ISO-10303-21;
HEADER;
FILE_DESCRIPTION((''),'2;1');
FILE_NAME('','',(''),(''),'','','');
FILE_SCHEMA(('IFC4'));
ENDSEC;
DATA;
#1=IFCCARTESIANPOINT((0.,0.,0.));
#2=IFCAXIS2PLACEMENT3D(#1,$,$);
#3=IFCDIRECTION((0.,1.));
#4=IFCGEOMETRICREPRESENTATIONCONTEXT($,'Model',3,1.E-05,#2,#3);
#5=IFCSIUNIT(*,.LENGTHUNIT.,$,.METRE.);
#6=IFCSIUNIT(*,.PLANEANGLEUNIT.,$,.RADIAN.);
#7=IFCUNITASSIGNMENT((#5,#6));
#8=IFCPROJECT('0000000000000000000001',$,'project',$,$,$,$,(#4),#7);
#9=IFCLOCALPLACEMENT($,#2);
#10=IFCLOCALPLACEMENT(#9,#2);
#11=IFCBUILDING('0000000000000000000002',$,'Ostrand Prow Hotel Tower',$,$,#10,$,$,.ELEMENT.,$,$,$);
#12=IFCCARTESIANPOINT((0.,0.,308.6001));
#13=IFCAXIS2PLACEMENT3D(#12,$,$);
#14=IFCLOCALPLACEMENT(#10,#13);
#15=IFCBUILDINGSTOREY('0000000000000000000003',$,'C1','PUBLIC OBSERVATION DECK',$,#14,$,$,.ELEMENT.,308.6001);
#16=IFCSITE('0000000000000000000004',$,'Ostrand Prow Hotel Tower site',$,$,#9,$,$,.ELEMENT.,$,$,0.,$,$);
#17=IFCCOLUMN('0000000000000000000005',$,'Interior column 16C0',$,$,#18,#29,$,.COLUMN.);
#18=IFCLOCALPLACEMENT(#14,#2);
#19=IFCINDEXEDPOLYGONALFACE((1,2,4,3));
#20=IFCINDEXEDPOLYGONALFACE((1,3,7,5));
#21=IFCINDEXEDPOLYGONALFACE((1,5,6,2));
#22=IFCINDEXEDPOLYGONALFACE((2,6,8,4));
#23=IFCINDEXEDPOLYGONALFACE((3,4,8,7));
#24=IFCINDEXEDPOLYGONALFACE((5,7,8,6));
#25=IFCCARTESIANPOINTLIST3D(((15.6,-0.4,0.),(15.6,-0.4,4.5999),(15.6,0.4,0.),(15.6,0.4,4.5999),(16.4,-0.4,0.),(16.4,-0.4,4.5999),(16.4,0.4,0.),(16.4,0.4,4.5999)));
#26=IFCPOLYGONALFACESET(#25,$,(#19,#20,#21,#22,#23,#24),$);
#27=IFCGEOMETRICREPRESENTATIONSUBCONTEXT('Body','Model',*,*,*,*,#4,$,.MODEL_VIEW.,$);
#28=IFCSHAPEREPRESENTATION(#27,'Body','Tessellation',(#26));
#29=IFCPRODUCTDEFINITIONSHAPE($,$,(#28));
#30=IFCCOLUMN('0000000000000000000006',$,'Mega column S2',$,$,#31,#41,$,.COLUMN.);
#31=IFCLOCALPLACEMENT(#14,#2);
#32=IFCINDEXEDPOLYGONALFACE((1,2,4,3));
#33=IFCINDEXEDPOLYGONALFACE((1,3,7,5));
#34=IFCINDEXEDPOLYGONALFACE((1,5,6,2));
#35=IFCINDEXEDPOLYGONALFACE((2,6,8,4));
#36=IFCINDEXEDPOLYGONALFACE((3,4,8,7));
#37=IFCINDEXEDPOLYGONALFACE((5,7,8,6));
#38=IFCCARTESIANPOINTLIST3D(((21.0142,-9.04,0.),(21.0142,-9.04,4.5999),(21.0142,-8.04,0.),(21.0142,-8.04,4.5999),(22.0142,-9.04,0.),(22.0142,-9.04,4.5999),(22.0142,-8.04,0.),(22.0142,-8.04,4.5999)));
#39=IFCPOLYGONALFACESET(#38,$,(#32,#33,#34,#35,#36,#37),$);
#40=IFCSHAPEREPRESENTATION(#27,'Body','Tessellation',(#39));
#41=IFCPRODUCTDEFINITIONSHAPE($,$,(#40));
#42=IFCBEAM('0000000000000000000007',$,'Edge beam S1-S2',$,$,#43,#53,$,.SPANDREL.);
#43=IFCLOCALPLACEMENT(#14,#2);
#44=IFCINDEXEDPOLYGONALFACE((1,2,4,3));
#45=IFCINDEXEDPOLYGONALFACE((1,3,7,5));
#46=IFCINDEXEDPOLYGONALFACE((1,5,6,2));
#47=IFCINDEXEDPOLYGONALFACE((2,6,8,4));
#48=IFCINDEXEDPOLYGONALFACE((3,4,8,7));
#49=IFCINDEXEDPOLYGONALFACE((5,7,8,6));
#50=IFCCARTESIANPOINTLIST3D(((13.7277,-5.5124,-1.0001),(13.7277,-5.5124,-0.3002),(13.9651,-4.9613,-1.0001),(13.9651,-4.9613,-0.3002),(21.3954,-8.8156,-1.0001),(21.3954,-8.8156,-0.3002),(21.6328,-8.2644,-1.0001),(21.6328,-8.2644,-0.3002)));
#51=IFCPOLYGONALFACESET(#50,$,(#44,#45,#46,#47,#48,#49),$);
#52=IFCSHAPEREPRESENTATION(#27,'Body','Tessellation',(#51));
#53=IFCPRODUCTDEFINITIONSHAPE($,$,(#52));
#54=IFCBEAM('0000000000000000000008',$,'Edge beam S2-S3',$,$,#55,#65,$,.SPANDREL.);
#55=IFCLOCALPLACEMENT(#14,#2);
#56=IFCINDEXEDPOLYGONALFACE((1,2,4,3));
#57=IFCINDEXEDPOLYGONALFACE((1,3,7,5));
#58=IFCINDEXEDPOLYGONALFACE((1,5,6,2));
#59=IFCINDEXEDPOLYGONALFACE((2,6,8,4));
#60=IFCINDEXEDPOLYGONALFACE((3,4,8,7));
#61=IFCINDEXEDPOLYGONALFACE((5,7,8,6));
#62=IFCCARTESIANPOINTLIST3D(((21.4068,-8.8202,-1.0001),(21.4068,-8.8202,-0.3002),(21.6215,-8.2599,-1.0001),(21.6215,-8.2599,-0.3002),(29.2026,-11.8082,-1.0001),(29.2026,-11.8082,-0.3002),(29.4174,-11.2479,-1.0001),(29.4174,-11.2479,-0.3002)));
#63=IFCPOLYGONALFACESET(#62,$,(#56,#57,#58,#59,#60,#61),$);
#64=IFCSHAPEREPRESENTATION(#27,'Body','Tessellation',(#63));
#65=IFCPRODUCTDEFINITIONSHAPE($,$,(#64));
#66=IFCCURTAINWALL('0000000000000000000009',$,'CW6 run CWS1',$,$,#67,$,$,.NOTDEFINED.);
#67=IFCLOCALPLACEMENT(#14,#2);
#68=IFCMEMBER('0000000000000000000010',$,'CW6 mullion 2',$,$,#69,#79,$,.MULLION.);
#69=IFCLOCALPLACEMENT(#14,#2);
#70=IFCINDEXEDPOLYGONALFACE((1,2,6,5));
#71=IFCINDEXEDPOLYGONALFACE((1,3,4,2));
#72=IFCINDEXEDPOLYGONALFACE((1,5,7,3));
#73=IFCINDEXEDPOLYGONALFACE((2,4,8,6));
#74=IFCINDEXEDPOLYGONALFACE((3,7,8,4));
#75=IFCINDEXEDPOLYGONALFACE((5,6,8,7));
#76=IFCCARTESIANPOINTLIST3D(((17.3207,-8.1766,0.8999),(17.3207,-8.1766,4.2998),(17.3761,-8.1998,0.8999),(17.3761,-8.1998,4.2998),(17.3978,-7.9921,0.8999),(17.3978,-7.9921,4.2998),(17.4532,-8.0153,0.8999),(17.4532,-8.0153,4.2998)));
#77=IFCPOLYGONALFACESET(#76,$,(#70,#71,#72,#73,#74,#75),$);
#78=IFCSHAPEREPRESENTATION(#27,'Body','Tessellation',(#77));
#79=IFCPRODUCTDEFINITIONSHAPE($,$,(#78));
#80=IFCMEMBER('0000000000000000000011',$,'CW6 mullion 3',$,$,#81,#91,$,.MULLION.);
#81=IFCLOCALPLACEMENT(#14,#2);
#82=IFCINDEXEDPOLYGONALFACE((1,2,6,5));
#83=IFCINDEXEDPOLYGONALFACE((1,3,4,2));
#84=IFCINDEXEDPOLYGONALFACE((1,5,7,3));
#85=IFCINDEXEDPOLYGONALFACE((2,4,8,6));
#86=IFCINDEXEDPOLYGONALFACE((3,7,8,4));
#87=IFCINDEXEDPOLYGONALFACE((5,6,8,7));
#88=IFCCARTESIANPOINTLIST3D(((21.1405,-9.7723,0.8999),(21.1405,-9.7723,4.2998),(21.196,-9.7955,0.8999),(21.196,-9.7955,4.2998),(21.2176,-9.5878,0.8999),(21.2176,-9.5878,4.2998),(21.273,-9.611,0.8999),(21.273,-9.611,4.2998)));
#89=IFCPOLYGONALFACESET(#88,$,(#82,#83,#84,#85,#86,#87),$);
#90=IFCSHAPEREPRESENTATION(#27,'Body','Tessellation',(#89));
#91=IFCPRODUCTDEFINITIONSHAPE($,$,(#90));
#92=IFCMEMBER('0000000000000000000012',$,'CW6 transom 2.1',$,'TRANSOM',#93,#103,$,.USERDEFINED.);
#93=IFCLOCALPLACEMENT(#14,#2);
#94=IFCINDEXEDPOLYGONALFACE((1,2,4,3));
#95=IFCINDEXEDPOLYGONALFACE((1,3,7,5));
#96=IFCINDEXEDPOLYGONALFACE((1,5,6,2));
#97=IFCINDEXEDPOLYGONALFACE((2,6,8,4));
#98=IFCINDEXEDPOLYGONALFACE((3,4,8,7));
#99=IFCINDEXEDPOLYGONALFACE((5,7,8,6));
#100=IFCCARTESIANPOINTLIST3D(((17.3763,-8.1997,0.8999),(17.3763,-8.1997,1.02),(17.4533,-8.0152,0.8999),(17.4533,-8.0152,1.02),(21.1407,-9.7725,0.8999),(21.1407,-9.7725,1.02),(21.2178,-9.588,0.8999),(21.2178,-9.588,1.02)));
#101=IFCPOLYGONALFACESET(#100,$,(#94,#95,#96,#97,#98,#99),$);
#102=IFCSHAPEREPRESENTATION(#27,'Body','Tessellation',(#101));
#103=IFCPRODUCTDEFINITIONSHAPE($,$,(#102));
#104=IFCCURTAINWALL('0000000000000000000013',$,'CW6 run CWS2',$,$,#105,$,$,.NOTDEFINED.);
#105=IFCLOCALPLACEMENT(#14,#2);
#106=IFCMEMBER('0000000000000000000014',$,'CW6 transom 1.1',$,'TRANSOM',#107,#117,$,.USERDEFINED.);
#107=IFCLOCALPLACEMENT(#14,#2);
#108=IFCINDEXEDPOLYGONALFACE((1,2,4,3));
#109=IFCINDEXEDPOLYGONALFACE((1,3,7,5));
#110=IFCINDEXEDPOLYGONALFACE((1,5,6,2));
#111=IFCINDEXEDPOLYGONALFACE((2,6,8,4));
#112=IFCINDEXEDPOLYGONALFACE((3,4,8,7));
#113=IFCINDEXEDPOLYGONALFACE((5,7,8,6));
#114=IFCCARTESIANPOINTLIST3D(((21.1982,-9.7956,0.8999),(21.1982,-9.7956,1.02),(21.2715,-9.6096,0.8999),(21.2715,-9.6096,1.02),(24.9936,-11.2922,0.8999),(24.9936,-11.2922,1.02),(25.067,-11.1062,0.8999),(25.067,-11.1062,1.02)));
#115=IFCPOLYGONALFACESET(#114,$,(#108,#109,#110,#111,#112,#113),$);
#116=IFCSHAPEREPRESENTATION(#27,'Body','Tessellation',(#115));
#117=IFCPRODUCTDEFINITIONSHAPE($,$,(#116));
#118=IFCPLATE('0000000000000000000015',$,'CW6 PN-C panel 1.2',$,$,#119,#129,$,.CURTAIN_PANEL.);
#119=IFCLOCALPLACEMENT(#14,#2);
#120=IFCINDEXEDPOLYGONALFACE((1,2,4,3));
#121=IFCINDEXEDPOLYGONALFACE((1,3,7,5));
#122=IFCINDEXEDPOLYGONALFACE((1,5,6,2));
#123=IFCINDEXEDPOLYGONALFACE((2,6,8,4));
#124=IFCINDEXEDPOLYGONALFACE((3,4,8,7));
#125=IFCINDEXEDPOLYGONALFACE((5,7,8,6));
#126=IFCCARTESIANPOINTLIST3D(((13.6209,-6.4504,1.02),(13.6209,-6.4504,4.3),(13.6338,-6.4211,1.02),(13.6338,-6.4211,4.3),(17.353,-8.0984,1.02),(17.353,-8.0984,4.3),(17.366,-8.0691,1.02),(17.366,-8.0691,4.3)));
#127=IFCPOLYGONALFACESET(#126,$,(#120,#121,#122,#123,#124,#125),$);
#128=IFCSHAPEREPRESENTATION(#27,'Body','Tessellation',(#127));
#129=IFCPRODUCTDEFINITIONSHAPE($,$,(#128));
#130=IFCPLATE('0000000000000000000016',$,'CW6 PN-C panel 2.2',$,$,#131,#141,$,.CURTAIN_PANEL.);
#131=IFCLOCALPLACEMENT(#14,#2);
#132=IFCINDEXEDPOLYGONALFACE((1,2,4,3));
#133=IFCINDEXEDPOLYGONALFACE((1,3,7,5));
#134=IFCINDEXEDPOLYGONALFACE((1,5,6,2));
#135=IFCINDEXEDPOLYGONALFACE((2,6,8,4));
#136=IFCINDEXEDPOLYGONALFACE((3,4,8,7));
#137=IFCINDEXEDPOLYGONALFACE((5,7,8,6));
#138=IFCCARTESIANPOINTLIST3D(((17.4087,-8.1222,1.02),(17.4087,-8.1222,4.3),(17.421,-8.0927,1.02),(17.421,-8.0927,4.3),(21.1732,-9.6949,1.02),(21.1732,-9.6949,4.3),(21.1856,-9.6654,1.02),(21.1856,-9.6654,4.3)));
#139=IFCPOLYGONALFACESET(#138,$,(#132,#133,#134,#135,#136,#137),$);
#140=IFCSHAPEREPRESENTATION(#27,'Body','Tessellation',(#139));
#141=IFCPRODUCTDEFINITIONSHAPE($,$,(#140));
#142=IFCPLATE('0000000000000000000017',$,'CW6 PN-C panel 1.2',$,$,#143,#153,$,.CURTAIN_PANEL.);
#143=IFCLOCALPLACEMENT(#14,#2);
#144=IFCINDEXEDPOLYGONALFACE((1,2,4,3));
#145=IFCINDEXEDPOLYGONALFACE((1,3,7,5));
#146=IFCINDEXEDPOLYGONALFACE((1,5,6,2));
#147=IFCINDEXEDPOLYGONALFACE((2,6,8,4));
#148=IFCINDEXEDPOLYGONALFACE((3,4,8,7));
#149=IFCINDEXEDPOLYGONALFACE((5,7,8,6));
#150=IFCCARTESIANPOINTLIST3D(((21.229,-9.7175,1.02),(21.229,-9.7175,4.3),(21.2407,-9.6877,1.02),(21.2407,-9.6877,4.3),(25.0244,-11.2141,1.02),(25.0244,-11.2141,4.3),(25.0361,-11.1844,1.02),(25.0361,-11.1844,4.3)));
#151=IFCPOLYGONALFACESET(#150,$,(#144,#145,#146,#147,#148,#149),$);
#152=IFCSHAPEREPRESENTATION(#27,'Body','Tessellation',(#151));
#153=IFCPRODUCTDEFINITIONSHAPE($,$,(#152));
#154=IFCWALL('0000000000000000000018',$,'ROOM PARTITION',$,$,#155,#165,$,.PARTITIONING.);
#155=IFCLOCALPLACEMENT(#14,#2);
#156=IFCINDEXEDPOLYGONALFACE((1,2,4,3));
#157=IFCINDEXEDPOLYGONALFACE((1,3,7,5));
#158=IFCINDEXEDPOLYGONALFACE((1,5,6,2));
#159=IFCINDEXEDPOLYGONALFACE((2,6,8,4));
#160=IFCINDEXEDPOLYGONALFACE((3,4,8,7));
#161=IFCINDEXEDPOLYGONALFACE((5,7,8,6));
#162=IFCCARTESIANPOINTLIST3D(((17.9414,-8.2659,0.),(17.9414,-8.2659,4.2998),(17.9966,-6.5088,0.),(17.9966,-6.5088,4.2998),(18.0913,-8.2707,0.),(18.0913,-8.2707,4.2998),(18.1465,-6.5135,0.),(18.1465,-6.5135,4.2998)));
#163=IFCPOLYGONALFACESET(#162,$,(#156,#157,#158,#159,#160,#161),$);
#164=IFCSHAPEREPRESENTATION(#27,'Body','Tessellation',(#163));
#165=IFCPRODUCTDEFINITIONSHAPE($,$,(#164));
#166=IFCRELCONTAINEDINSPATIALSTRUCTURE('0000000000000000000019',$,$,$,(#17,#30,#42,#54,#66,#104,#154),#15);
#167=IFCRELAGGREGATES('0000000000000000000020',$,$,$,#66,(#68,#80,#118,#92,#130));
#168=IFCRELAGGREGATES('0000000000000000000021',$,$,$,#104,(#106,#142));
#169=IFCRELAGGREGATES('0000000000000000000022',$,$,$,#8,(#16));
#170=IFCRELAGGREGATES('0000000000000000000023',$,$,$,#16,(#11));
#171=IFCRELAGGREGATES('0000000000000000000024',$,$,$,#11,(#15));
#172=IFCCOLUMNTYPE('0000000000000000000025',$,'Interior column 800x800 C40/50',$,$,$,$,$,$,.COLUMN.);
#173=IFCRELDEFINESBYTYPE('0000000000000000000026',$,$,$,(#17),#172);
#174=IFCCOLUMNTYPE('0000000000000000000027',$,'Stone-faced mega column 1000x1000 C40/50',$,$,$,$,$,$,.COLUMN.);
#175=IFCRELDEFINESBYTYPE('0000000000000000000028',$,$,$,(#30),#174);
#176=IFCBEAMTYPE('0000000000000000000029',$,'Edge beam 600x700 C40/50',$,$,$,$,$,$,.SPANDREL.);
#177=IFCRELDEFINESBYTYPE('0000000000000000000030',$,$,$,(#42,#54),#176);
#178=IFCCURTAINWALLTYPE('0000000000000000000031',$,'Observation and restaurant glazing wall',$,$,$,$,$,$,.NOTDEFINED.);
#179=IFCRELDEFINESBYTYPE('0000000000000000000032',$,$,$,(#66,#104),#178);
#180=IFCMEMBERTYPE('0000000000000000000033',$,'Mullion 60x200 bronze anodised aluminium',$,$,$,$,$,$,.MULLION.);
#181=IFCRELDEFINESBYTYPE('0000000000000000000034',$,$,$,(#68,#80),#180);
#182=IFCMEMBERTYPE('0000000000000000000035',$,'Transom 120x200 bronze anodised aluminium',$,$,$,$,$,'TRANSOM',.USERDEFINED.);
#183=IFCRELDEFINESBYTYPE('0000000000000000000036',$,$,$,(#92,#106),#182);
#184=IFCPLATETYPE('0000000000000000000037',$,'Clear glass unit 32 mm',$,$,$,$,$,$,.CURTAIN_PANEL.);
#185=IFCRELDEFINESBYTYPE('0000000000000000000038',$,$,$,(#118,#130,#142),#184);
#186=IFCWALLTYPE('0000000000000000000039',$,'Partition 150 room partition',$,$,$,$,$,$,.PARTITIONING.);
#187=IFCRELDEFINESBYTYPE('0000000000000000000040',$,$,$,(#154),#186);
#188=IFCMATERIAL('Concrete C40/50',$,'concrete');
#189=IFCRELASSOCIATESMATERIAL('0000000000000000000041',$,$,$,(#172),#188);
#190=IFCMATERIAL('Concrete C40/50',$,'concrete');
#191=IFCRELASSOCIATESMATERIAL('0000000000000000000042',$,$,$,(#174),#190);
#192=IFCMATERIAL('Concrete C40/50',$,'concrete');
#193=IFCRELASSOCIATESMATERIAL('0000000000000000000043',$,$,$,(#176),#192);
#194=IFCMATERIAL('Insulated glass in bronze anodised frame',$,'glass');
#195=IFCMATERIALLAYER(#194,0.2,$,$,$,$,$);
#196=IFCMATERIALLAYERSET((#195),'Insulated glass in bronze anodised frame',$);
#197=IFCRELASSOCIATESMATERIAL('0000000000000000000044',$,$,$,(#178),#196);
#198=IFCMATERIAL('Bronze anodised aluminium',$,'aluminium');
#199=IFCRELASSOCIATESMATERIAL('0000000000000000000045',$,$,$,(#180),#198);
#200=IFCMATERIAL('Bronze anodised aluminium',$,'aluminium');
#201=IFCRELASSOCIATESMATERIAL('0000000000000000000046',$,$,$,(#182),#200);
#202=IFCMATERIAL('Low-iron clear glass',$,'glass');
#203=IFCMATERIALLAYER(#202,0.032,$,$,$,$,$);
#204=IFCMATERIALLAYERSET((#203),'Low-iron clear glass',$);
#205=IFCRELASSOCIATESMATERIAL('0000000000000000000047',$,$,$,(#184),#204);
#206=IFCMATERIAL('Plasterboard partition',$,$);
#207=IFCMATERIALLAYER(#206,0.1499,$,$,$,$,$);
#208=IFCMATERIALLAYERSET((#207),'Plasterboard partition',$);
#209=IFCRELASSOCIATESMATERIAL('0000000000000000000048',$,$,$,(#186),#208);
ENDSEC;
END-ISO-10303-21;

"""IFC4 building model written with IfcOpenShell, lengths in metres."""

from ifc_helpers import new_model, si_unit, direction, frame, frame_2d, origin, origin_2d, place, context, subcontext, project, spatial, rectangle, extrude, material, layer, layer_set, material_profile, profile_set, type_object, element, aggregate, save


model = new_model("IFC4")

# Units and contexts
model_context = context("Model", 3, precision=1e-05, world=origin(), true_north=direction((0.0, 1.0)))
body_context = subcontext(model_context, "Body", "Model", "MODEL_VIEW")
ifc_project = project(units=[si_unit("LENGTHUNIT", "METRE"), si_unit("PLANEANGLEUNIT", "RADIAN")], contexts=[model_context])

# Site, building, storey
site_placement = place(None, origin())
site = spatial("IfcSite", under=ifc_project, at=site_placement, Name="Ostrand Prow Hotel Tower site", CompositionType="ELEMENT", RefElevation=0.0)
building_placement = place(site_placement, origin())
building = spatial("IfcBuilding", under=site, at=building_placement, Name="Ostrand Prow Hotel Tower", CompositionType="ELEMENT")
storey_placement = place(building_placement, frame((0.0, 0.0, 308.6001)))
storey = spatial("IfcBuildingStorey", under=building, at=storey_placement, Name="C1", Description="PUBLIC OBSERVATION DECK", CompositionType="ELEMENT", Elevation=308.6001)

# Columns
ifc_material_1 = material(Name="Concrete C40/50", Category="concrete")
ifc_material_profile_1 = material_profile(ifc_material_1, rectangle(XDim=0.8, YDim=0.8, at=origin_2d()), Name="RC 800x800")
ifc_profile_set_1 = profile_set([ifc_material_profile_1], Name="Concrete C40/50")
column_type_1 = type_object("IfcColumnType", Name="Interior column 800x800 C40/50", PredefinedType="COLUMN", material=ifc_profile_set_1)
column_1_placement = place(storey_placement, frame((16.0, 0.0, 0.0), z_axis=(0.0, 0.0, 1.0), x_axis=(1.0, 0.0, 0.0)))
element("IfcColumn", 1, at=column_1_placement, inside=storey, type_object=column_type_1, Name="Interior column 16C0", PredefinedType="COLUMN", context=body_context, shape_type="SweptSolid", body=[
    extrude(rectangle(XDim=0.8, YDim=0.8, at=origin_2d()), origin(), (0.0, 0.0, 1.0), 4.5999),
])
ifc_material_2 = material(Name="Concrete C40/50", Category="concrete")
ifc_material_profile_2 = material_profile(ifc_material_2, rectangle(XDim=1.0, YDim=1.0, at=origin_2d()), Name="RC 1000x1000")
ifc_profile_set_2 = profile_set([ifc_material_profile_2], Name="Concrete C40/50")
column_type_2 = type_object("IfcColumnType", Name="Stone-faced mega column 1000x1000 C40/50", PredefinedType="COLUMN", material=ifc_profile_set_2)
column_2_placement = place(storey_placement, frame((21.5142, -8.54, 0.0), z_axis=(0.0, 0.0, 1.0), x_axis=(1.0, 0.0, 0.0)))
element("IfcColumn", 2, at=column_2_placement, inside=storey, type_object=column_type_2, Name="Mega column S2", PredefinedType="COLUMN", context=body_context, shape_type="SweptSolid", body=[
    extrude(rectangle(XDim=1.0, YDim=1.0, at=origin_2d()), origin(), (0.0, 0.0, 1.0), 4.5999),
])

# Beams
ifc_material_3 = material(Name="Concrete C40/50", Category="concrete")
ifc_material_profile_3 = material_profile(ifc_material_3, rectangle(XDim=0.6001, YDim=0.7, at=origin_2d()), Name="RC 600x700")
ifc_profile_set_3 = profile_set([ifc_material_profile_3], Name="Concrete C40/50")
beam_type = type_object("IfcBeamType", Name="Edge beam 600x700 C40/50", PredefinedType="SPANDREL", material=ifc_profile_set_3)
for number, where, z_axis, x_axis, name in (
    (3, (13.8464, -5.2368, -0.6501), (0.918404, -0.395644, 0.0), (0.395644, 0.918404, 0.0), "Edge beam S1-S2"),
    (4, (21.5142, -8.54, -0.6501), (0.933762, -0.357895, 0.0), (0.357895, 0.933762, 0.0), "Edge beam S2-S3"),
):
    element("IfcBeam", number, at=place(storey_placement, frame(where, z_axis=z_axis, x_axis=x_axis)), inside=storey, type_object=beam_type, Name=name, PredefinedType="SPANDREL", context=body_context, shape_type="SweptSolid", body=[
        extrude(rectangle(XDim=0.6001, YDim=0.7, at=origin_2d()), origin(), (0.0, 0.0, 1.0), 8.3489),
    ])

# Curtain wall, members
ifc_material_4 = material(Name="Insulated glass in bronze anodised frame", Category="glass")
ifc_layer_1 = layer(ifc_material_4, 0.2)
ifc_layer_set_1 = layer_set([ifc_layer_1], Name="Insulated glass in bronze anodised frame")
curtain_wall_type = type_object("IfcCurtainWallType", Name="Observation and restaurant glazing wall", PredefinedType="NOTDEFINED", material=ifc_layer_set_1)
curtain_wall_1_placement = place(storey_placement, origin())
curtain_wall_1 = element("IfcCurtainWall", 5, at=curtain_wall_1_placement, inside=storey, type_object=curtain_wall_type, Name="CW6 run CWS1", PredefinedType="NOTDEFINED")
ifc_material_5 = material(Name="Bronze anodised aluminium", Category="aluminium")
ifc_material_profile_4 = material_profile(ifc_material_5, rectangle(XDim=0.2, YDim=0.0601, at=origin_2d()), Name="Mullion 60x200 bronze anodised aluminium")
ifc_profile_set_4 = profile_set([ifc_material_profile_4], Name="Bronze anodised aluminium")
member_type_1 = type_object("IfcMemberType", Name="Mullion 60x200 bronze anodised aluminium", PredefinedType="MULLION", material=ifc_profile_set_4)
member_1_placement = place(storey_placement, frame((17.387, -8.0959, 0.8999), z_axis=(0.0, 0.0, 1.0), x_axis=(0.385471, 0.92272, 0.0)))
member_1 = element("IfcMember", 6, at=member_1_placement, type_object=member_type_1, Name="CW6 mullion 2", PredefinedType="MULLION", context=body_context, shape_type="SweptSolid", body=[
    extrude(rectangle(XDim=0.2, YDim=0.0601, at=origin_2d()), origin(), (0.0, 0.0, 1.0), 3.3999),
])
member_2_placement = place(storey_placement, frame((21.2068, -9.6917, 0.8999), z_axis=(0.0, 0.0, 1.0), x_axis=(0.385471, 0.92272, 0.0)))
member_2 = element("IfcMember", 7, at=member_2_placement, type_object=member_type_1, Name="CW6 mullion 3", PredefinedType="MULLION", context=body_context, shape_type="SweptSolid", body=[
    extrude(rectangle(XDim=0.2, YDim=0.0601, at=origin_2d()), origin(), (0.0, 0.0, 1.0), 3.3999),
])
ifc_material_6 = material(Name="Bronze anodised aluminium", Category="aluminium")
ifc_material_profile_5 = material_profile(ifc_material_6, rectangle(XDim=0.2, YDim=0.1201, at=origin_2d()), Name="Transom 120x200 bronze anodised aluminium")
ifc_profile_set_5 = profile_set([ifc_material_profile_5], Name="Bronze anodised aluminium")
member_type_2 = type_object("IfcMemberType", Name="Transom 120x200 bronze anodised aluminium", ElementType="TRANSOM", PredefinedType="USERDEFINED", material=ifc_profile_set_5)
member_3_placement = place(storey_placement, frame((17.4148, -8.1074, 0.96), z_axis=(0.922706, -0.385503, 0.0), x_axis=(0.385503, 0.922706, 0.0)))
member_3 = element("IfcMember", 8, at=member_3_placement, type_object=member_type_2, Name="CW6 transom 2.1", ObjectType="TRANSOM", PredefinedType="USERDEFINED", context=body_context, shape_type="SweptSolid", body=[
    extrude(rectangle(XDim=0.2, YDim=0.1201, at=origin_2d()), origin(), (0.0, 0.0, 1.0), 4.0798),
])

# Curtain wall, member
curtain_wall_2_placement = place(storey_placement, origin())
curtain_wall_2 = element("IfcCurtainWall", 9, at=curtain_wall_2_placement, inside=storey, type_object=curtain_wall_type, Name="CW6 run CWS2", PredefinedType="NOTDEFINED")
member_4_placement = place(storey_placement, frame((21.2349, -9.7026, 0.96), z_axis=(0.93029, -0.366826, 0.0), x_axis=(0.366826, 0.93029, 0.0)))
member_4 = element("IfcMember", 10, at=member_4_placement, type_object=member_type_2, Name="CW6 transom 1.1", ObjectType="TRANSOM", PredefinedType="USERDEFINED", context=body_context, shape_type="SweptSolid", body=[
    extrude(rectangle(XDim=0.2, YDim=0.1201, at=origin_2d()), origin(), (0.0, 0.0, 1.0), 4.0798),
])

# Plates
ifc_material_7 = material(Name="Low-iron clear glass", Category="glass")
ifc_layer_2 = layer(ifc_material_7, 0.032)
ifc_layer_set_2 = layer_set([ifc_layer_2], Name="Low-iron clear glass")
plate_type = type_object("IfcPlateType", Name="Clear glass unit 32 mm", PredefinedType="CURTAIN_PANEL", material=ifc_layer_set_2)
plate_1_placement = place(storey_placement, frame((15.4934, -7.2598, 1.02), z_axis=(0.0, 0.0, 1.0), x_axis=(0.914786, -0.40394, 0.0)))
plate_1 = element("IfcPlate", 11, at=plate_1_placement, type_object=plate_type, Name="CW6 PN-C panel 1.2", PredefinedType="CURTAIN_PANEL", context=body_context, shape_type="SweptSolid", body=[
    extrude(rectangle(XDim=4.0798, YDim=0.032, at=origin_2d()), origin(), (0.0, 0.0, 1.0), 3.28),
])
plate_2_placement = place(storey_placement, frame((19.2971, -8.8938, 1.02), z_axis=(0.0, 0.0, 1.0), x_axis=(0.92272, -0.385471, 0.0)))
plate_2 = element("IfcPlate", 12, at=plate_2_placement, type_object=plate_type, Name="CW6 PN-C panel 2.2", PredefinedType="CURTAIN_PANEL", context=body_context, shape_type="SweptSolid", body=[
    extrude(rectangle(XDim=4.0798, YDim=0.032, at=origin_2d()), origin(), (0.0, 0.0, 1.0), 3.28),
])
aggregate(curtain_wall_1, [member_1, member_2, plate_1, member_3, plate_2])
plate_3_placement = place(storey_placement, frame((23.1326, -10.4509, 1.02), z_axis=(0.0, 0.0, 1.0), x_axis=(0.930282, -0.366845, 0.0)))
plate_3 = element("IfcPlate", 13, at=plate_3_placement, type_object=plate_type, Name="CW6 PN-C panel 1.2", PredefinedType="CURTAIN_PANEL", context=body_context, shape_type="SweptSolid", body=[
    extrude(rectangle(XDim=4.0798, YDim=0.032, at=origin_2d()), origin(), (0.0, 0.0, 1.0), 3.28),
])
aggregate(curtain_wall_2, [member_4, plate_3])

# Wall
ifc_material_8 = material(Name="Plasterboard partition")
ifc_layer_3 = layer(ifc_material_8, 0.1499)
ifc_layer_set_3 = layer_set([ifc_layer_3], Name="Plasterboard partition")
wall_type_1 = type_object("IfcWallType", Name="Partition 150 room partition", PredefinedType="PARTITIONING", material=ifc_layer_set_3)
wall_1_placement = place(storey_placement, frame((18.0715, -6.5112, 0.0), z_axis=(0.0, 0.0, 1.0), x_axis=(-0.031387, -0.999507, 0.0)))
element("IfcWall", 14, at=wall_1_placement, inside=storey, type_object=wall_type_1, Name="ROOM PARTITION", PredefinedType="PARTITIONING", context=body_context, shape_type="SweptSolid", body=[
    extrude(rectangle(XDim=1.7581, YDim=0.1499, at=frame_2d((0.8789, 0.0))), origin(), (0.0, 0.0, 1.0), 4.2998),
])

save(model, "model.ifc")
